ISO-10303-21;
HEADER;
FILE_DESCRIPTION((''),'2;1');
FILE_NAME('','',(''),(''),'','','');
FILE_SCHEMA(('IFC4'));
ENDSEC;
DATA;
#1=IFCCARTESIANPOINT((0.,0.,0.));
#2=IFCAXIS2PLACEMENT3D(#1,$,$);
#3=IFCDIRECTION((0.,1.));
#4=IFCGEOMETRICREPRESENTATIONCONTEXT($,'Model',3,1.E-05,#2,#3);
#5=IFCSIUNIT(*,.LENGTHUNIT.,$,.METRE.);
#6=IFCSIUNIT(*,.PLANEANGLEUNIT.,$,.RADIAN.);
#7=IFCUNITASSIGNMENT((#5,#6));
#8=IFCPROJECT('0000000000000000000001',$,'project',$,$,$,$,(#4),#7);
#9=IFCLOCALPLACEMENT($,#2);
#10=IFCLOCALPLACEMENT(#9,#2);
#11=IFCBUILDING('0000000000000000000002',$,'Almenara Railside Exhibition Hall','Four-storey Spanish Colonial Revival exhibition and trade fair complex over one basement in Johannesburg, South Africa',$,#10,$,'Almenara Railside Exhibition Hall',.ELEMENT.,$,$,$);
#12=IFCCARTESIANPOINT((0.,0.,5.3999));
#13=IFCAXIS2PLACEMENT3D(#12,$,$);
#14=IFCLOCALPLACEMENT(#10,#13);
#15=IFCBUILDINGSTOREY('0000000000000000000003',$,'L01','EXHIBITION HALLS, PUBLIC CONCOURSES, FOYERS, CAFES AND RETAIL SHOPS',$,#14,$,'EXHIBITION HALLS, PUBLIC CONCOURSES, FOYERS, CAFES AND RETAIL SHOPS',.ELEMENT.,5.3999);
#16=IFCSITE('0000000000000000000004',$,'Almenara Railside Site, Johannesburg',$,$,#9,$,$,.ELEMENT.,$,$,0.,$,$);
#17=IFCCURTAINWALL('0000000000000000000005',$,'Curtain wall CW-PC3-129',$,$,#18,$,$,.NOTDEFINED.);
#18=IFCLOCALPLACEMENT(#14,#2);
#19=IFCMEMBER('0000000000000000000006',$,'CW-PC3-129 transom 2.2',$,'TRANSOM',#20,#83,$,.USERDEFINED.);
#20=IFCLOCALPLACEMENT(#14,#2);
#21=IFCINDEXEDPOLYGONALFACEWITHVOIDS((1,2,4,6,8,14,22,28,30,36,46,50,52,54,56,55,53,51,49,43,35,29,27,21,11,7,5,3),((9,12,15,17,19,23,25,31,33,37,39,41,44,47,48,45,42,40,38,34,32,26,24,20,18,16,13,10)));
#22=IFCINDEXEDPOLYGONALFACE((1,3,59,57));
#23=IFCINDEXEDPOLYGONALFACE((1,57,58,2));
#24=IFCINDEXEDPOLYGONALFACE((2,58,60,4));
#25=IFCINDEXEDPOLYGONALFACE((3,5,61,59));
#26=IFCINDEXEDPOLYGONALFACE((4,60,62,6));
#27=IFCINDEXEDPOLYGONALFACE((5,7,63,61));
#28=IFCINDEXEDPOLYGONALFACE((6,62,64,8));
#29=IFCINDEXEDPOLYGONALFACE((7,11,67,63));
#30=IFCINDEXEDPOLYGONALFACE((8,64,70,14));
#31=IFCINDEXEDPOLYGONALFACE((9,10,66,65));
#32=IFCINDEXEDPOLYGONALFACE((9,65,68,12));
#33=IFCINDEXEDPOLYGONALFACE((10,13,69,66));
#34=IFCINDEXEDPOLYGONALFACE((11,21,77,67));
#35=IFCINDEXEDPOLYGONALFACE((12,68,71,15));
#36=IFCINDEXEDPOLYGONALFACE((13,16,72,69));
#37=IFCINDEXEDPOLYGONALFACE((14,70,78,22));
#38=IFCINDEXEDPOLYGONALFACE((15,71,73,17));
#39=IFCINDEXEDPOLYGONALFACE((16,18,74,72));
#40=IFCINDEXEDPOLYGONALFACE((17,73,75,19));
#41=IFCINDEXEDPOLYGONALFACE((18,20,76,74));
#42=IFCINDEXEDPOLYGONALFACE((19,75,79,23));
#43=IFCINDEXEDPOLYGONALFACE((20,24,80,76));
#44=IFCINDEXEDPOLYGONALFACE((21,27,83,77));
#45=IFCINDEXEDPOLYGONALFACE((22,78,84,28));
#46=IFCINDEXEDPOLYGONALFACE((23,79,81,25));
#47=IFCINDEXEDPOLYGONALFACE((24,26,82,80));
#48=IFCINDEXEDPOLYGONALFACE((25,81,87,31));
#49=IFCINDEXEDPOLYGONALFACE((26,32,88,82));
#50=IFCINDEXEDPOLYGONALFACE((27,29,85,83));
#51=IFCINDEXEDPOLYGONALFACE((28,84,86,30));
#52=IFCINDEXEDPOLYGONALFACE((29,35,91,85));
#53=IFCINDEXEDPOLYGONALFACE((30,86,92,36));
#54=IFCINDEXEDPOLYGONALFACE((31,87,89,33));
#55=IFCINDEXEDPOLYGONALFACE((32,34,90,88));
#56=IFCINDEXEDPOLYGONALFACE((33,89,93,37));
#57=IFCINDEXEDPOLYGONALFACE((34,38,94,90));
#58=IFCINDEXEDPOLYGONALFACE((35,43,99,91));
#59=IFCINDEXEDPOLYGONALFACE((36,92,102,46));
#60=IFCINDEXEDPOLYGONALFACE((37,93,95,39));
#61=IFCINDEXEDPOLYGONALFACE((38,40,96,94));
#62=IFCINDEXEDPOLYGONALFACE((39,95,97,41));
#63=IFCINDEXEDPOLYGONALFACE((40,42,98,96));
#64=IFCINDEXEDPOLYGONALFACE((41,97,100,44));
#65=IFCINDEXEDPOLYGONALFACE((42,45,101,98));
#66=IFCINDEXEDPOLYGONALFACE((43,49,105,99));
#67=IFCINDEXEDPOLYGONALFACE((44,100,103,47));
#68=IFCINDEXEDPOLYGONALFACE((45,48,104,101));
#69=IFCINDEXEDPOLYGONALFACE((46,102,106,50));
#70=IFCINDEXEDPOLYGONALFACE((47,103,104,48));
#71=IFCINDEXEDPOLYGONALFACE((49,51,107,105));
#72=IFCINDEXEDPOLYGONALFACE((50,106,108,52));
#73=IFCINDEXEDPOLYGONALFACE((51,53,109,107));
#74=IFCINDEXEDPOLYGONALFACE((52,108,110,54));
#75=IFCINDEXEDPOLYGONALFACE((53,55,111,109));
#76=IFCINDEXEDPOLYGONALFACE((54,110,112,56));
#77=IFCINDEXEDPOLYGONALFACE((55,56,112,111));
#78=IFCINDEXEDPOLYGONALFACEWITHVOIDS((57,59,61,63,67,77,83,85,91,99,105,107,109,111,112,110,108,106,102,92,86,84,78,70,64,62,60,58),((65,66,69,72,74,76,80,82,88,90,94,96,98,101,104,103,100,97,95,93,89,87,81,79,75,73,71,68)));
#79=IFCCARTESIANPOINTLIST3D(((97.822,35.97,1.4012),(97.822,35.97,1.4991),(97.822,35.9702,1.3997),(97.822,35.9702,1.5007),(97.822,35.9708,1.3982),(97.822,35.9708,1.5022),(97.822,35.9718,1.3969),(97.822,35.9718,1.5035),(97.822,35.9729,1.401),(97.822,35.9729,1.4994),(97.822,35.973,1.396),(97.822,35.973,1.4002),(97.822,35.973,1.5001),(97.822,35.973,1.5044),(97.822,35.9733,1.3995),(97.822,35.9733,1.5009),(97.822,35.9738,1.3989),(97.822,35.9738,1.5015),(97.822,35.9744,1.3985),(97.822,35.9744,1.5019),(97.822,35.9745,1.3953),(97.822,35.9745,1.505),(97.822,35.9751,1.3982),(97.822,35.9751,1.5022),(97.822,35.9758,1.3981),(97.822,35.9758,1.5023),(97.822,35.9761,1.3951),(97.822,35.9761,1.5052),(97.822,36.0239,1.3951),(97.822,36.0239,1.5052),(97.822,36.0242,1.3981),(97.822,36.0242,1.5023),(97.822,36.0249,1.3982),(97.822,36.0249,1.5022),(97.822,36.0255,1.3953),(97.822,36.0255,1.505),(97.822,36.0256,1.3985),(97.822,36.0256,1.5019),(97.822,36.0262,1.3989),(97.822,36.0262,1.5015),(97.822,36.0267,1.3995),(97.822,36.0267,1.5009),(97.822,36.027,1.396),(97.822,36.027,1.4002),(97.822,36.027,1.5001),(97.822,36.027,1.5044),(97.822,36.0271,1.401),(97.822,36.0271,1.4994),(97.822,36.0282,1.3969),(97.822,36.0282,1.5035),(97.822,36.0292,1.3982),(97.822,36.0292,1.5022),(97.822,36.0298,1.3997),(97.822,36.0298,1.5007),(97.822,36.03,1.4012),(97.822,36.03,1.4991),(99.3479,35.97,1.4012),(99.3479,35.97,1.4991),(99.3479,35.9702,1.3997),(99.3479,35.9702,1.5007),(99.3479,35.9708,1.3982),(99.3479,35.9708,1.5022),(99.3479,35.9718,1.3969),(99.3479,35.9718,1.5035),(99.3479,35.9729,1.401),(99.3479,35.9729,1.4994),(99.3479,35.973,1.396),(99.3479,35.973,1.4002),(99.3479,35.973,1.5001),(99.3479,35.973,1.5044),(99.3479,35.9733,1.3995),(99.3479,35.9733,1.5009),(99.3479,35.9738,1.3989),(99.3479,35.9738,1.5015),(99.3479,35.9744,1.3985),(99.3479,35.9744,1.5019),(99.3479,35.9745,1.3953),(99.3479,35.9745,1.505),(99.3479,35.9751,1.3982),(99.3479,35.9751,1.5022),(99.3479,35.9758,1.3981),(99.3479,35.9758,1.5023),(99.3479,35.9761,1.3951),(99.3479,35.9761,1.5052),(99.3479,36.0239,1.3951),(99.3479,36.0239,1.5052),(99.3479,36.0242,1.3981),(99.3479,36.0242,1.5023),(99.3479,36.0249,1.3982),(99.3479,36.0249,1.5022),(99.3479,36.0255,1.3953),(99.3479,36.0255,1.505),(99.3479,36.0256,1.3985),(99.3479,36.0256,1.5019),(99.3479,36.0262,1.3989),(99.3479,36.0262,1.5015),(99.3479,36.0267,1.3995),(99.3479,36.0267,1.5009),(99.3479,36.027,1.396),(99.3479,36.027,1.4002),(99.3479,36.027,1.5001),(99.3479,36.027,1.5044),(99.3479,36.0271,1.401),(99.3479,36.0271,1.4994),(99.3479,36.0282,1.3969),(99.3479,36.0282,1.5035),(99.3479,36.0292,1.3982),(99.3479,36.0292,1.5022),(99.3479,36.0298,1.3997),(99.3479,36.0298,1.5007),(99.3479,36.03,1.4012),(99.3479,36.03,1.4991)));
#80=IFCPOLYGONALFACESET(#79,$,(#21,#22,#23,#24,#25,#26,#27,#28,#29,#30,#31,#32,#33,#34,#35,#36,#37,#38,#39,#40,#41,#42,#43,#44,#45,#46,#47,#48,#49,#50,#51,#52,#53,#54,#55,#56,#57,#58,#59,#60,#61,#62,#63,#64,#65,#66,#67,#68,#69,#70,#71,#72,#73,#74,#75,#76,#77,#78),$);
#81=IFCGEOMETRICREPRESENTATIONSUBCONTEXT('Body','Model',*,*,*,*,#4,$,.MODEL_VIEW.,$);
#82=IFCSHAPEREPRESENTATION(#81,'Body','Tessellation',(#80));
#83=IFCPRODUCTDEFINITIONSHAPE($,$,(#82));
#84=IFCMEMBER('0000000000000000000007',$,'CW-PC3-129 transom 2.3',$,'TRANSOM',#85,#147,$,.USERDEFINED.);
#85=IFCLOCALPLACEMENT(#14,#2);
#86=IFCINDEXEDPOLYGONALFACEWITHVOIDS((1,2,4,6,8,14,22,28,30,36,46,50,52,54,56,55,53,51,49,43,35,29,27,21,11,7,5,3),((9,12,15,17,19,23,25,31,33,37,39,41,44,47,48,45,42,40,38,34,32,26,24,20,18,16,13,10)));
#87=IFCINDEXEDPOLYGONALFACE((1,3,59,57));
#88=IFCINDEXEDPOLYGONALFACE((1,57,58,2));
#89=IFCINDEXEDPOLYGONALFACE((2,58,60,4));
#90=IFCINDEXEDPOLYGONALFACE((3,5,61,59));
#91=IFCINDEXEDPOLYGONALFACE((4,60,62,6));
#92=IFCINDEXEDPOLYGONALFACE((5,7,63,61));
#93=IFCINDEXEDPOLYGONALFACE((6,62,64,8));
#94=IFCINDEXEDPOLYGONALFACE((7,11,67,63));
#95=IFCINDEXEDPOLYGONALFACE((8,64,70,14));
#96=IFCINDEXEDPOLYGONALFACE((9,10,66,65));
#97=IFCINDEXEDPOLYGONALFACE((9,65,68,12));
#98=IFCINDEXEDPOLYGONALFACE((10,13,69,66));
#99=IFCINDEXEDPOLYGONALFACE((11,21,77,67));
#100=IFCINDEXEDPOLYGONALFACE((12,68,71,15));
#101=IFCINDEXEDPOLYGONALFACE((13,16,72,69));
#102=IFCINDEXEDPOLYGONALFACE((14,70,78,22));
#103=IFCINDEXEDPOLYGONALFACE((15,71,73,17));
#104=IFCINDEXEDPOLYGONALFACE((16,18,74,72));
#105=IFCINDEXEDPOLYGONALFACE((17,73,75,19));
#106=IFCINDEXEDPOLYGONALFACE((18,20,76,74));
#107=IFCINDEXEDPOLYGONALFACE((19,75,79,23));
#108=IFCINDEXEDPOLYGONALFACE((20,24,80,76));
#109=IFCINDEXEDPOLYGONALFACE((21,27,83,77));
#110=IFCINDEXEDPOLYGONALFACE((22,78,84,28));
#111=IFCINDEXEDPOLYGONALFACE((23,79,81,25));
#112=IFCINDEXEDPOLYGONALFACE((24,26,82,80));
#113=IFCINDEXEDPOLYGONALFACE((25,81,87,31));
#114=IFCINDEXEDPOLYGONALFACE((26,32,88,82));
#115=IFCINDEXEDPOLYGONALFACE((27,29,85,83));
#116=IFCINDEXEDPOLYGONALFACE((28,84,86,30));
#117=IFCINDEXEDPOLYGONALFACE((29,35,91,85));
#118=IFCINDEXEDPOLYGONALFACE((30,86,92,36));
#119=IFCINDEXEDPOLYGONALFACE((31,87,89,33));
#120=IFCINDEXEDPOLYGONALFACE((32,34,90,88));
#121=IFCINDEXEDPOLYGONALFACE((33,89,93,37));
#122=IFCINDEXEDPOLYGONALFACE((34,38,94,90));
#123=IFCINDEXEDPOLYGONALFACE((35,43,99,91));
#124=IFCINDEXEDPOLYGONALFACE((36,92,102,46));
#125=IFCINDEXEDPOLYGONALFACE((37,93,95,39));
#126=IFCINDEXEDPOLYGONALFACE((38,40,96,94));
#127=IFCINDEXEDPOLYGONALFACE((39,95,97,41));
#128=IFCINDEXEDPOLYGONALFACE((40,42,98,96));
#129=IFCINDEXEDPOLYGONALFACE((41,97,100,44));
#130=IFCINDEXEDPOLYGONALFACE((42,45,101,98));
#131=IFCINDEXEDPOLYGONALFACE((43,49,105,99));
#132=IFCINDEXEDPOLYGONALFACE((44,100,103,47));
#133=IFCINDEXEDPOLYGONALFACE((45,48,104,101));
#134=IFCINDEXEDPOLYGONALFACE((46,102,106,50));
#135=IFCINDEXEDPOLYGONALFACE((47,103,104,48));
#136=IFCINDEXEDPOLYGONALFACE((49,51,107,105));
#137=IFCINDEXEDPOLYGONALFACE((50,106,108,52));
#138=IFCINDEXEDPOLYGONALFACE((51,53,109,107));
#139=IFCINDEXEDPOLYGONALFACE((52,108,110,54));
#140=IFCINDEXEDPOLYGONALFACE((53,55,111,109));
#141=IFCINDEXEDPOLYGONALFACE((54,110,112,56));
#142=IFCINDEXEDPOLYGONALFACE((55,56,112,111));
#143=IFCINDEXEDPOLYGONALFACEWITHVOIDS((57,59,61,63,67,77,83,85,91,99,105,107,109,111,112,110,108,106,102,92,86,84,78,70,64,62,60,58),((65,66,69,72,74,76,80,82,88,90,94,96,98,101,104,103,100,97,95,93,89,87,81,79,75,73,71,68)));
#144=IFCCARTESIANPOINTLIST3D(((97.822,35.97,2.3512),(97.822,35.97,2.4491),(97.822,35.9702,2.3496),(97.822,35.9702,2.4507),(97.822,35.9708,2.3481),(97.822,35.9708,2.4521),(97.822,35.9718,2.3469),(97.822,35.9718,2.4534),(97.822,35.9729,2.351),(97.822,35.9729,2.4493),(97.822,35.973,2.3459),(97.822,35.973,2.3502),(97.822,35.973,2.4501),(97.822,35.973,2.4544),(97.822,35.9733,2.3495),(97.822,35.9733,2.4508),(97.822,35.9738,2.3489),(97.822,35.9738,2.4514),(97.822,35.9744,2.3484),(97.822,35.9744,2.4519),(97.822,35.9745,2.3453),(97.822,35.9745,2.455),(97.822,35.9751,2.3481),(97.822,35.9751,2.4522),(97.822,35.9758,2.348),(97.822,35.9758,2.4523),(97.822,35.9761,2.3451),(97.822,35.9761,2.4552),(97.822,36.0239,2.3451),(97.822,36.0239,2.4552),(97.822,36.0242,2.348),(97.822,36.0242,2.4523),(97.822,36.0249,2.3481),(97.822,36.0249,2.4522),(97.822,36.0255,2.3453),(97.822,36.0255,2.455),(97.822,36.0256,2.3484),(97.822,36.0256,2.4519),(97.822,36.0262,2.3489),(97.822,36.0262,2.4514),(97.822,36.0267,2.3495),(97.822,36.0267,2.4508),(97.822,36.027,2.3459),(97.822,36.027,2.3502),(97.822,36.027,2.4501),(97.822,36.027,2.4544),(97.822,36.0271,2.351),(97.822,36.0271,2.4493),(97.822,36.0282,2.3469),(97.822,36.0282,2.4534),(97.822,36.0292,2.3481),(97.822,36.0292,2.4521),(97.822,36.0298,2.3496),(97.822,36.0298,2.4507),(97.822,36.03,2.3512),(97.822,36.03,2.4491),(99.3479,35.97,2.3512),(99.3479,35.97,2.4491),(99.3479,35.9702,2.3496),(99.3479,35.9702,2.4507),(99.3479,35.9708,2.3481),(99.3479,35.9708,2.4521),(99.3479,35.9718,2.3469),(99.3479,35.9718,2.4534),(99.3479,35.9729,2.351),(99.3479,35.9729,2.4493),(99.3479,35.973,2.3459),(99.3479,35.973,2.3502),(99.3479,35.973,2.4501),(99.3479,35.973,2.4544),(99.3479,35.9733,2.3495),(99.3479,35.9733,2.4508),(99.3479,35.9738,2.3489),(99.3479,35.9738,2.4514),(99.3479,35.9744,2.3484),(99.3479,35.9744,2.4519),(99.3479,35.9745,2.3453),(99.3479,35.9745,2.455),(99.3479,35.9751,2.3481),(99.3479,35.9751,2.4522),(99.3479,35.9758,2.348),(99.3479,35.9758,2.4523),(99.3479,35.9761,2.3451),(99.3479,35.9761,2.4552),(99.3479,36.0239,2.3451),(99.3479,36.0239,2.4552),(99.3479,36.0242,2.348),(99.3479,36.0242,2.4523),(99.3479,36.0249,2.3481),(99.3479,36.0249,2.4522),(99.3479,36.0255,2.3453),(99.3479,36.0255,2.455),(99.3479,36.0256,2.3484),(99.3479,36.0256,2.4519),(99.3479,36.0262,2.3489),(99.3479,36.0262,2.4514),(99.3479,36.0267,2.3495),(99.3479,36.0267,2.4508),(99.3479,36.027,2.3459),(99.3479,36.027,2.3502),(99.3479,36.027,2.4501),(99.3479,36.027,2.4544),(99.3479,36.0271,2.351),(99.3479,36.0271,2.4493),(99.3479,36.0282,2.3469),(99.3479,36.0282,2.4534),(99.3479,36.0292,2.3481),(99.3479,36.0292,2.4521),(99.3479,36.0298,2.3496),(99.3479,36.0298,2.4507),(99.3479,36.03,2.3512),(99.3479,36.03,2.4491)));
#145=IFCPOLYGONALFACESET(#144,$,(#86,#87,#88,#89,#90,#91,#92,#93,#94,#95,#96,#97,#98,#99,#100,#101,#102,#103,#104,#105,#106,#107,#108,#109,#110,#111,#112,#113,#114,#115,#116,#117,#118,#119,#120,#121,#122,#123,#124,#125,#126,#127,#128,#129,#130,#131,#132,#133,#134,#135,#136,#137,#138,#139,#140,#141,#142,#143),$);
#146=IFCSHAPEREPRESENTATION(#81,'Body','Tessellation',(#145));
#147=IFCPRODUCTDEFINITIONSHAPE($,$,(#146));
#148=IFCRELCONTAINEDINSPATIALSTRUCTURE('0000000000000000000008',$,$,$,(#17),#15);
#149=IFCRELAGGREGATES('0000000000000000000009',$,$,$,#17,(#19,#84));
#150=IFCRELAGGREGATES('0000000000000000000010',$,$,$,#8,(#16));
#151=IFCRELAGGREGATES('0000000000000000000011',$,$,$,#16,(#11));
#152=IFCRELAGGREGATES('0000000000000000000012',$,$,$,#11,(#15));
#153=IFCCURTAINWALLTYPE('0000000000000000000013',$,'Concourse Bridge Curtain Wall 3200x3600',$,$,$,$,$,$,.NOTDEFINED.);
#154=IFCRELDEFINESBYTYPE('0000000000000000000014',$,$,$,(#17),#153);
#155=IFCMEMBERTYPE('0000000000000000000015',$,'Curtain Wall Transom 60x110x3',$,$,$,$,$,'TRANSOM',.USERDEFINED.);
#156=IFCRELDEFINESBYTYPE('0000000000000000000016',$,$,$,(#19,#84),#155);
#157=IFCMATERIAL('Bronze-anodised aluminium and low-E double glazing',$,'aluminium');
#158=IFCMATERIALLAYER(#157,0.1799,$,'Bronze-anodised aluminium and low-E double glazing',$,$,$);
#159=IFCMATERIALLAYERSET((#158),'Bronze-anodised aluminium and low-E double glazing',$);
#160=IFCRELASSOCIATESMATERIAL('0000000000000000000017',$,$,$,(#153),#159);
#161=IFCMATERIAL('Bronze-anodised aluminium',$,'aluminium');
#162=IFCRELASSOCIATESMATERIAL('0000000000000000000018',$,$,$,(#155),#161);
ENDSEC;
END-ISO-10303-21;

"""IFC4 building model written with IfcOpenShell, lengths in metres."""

from ifc_helpers import new_model, si_unit, direction, frame, origin, origin_2d, place, context, subcontext, project, spatial, hollow_rectangle, extrude, material, layer, layer_set, material_profile, profile_set, type_object, element, aggregate, save


model = new_model("IFC4")

# Units and contexts
model_context = context("Model", 3, precision=1e-05, world=origin(), true_north=direction((0.0, 1.0)))
body_context = subcontext(model_context, "Body", "Model", "MODEL_VIEW")
ifc_project = project(units=[si_unit("LENGTHUNIT", "METRE"), si_unit("PLANEANGLEUNIT", "RADIAN")], contexts=[model_context])

# Site, building, storey
site_placement = place(None, origin())
site = spatial("IfcSite", under=ifc_project, at=site_placement, Name="Almenara Railside Site, Johannesburg", CompositionType="ELEMENT", RefElevation=0.0)
building_placement = place(site_placement, origin())
building = spatial("IfcBuilding", under=site, at=building_placement, Name="Almenara Railside Exhibition Hall", Description="Four-storey Spanish Colonial Revival exhibition and trade fair complex over one basement in Johannesburg, South Africa", LongName="Almenara Railside Exhibition Hall", CompositionType="ELEMENT")
storey_placement = place(building_placement, frame((0.0, 0.0, 5.3999)))
storey = spatial("IfcBuildingStorey", under=building, at=storey_placement, Name="L01", Description="EXHIBITION HALLS, PUBLIC CONCOURSES, FOYERS, CAFES AND RETAIL SHOPS", LongName="EXHIBITION HALLS, PUBLIC CONCOURSES, FOYERS, CAFES AND RETAIL SHOPS", CompositionType="ELEMENT", Elevation=5.3999)

# Curtain wall
ifc_material_1 = material(Name="Bronze-anodised aluminium and low-E double glazing", Category="aluminium")
ifc_layer_1 = layer(ifc_material_1, 0.1799, Name="Bronze-anodised aluminium and low-E double glazing")
ifc_layer_set_1 = layer_set([ifc_layer_1], Name="Bronze-anodised aluminium and low-E double glazing")
curtain_wall_type_1 = type_object("IfcCurtainWallType", Name="Concourse Bridge Curtain Wall 3200x3600", PredefinedType="NOTDEFINED", material=ifc_layer_set_1)
curtain_wall_1_placement = place(storey_placement, origin())
curtain_wall_1 = element("IfcCurtainWall", 1, at=curtain_wall_1_placement, inside=storey, type_object=curtain_wall_type_1, Name="Curtain wall CW-PC3-129", PredefinedType="NOTDEFINED")
ifc_material_2 = material(Name="Bronze-anodised aluminium", Category="aluminium")

# Members
ifc_material_profile_1 = material_profile(ifc_material_2, hollow_rectangle(XDim=0.0601, YDim=0.1101, WallThickness=0.0029, InnerFilletRadius=0.0029, OuterFilletRadius=0.0061, at=origin_2d()), Name="ALU-TRN 60x110x3")
ifc_profile_set_1 = profile_set([ifc_material_profile_1], Name="Bronze-anodised aluminium")
member_type_1 = type_object("IfcMemberType", Name="Curtain Wall Transom 60x110x3", ElementType="TRANSOM", PredefinedType="USERDEFINED", material=ifc_profile_set_1)
member_1_placement = place(storey_placement, frame((97.822, 36.0, 1.4502), z_axis=(1.0, 0.0, 0.0), x_axis=(0.0, 1.0, 0.0)))
member_1 = element("IfcMember", 2, at=member_1_placement, type_object=member_type_1, Name="CW-PC3-129 transom 2.2", ObjectType="TRANSOM", PredefinedType="USERDEFINED", context=body_context, shape_type="SweptSolid", body=[
    extrude(hollow_rectangle(XDim=0.0601, YDim=0.1101, WallThickness=0.0029, InnerFilletRadius=0.0029, OuterFilletRadius=0.0061, at=origin_2d()), origin(), (0.0, 0.0, 1.0), 1.5259),
])
member_2_placement = place(storey_placement, frame((97.822, 36.0, 2.4001), z_axis=(1.0, 0.0, 0.0), x_axis=(0.0, 1.0, 0.0)))
member_2 = element("IfcMember", 3, at=member_2_placement, type_object=member_type_1, Name="CW-PC3-129 transom 2.3", ObjectType="TRANSOM", PredefinedType="USERDEFINED", context=body_context, shape_type="SweptSolid", body=[
    extrude(hollow_rectangle(XDim=0.0601, YDim=0.1101, WallThickness=0.0029, InnerFilletRadius=0.0029, OuterFilletRadius=0.0061, at=origin_2d()), origin(), (0.0, 0.0, 1.0), 1.5259),
])

aggregate(curtain_wall_1, [member_1, member_2])

save(model, "model.ifc")
